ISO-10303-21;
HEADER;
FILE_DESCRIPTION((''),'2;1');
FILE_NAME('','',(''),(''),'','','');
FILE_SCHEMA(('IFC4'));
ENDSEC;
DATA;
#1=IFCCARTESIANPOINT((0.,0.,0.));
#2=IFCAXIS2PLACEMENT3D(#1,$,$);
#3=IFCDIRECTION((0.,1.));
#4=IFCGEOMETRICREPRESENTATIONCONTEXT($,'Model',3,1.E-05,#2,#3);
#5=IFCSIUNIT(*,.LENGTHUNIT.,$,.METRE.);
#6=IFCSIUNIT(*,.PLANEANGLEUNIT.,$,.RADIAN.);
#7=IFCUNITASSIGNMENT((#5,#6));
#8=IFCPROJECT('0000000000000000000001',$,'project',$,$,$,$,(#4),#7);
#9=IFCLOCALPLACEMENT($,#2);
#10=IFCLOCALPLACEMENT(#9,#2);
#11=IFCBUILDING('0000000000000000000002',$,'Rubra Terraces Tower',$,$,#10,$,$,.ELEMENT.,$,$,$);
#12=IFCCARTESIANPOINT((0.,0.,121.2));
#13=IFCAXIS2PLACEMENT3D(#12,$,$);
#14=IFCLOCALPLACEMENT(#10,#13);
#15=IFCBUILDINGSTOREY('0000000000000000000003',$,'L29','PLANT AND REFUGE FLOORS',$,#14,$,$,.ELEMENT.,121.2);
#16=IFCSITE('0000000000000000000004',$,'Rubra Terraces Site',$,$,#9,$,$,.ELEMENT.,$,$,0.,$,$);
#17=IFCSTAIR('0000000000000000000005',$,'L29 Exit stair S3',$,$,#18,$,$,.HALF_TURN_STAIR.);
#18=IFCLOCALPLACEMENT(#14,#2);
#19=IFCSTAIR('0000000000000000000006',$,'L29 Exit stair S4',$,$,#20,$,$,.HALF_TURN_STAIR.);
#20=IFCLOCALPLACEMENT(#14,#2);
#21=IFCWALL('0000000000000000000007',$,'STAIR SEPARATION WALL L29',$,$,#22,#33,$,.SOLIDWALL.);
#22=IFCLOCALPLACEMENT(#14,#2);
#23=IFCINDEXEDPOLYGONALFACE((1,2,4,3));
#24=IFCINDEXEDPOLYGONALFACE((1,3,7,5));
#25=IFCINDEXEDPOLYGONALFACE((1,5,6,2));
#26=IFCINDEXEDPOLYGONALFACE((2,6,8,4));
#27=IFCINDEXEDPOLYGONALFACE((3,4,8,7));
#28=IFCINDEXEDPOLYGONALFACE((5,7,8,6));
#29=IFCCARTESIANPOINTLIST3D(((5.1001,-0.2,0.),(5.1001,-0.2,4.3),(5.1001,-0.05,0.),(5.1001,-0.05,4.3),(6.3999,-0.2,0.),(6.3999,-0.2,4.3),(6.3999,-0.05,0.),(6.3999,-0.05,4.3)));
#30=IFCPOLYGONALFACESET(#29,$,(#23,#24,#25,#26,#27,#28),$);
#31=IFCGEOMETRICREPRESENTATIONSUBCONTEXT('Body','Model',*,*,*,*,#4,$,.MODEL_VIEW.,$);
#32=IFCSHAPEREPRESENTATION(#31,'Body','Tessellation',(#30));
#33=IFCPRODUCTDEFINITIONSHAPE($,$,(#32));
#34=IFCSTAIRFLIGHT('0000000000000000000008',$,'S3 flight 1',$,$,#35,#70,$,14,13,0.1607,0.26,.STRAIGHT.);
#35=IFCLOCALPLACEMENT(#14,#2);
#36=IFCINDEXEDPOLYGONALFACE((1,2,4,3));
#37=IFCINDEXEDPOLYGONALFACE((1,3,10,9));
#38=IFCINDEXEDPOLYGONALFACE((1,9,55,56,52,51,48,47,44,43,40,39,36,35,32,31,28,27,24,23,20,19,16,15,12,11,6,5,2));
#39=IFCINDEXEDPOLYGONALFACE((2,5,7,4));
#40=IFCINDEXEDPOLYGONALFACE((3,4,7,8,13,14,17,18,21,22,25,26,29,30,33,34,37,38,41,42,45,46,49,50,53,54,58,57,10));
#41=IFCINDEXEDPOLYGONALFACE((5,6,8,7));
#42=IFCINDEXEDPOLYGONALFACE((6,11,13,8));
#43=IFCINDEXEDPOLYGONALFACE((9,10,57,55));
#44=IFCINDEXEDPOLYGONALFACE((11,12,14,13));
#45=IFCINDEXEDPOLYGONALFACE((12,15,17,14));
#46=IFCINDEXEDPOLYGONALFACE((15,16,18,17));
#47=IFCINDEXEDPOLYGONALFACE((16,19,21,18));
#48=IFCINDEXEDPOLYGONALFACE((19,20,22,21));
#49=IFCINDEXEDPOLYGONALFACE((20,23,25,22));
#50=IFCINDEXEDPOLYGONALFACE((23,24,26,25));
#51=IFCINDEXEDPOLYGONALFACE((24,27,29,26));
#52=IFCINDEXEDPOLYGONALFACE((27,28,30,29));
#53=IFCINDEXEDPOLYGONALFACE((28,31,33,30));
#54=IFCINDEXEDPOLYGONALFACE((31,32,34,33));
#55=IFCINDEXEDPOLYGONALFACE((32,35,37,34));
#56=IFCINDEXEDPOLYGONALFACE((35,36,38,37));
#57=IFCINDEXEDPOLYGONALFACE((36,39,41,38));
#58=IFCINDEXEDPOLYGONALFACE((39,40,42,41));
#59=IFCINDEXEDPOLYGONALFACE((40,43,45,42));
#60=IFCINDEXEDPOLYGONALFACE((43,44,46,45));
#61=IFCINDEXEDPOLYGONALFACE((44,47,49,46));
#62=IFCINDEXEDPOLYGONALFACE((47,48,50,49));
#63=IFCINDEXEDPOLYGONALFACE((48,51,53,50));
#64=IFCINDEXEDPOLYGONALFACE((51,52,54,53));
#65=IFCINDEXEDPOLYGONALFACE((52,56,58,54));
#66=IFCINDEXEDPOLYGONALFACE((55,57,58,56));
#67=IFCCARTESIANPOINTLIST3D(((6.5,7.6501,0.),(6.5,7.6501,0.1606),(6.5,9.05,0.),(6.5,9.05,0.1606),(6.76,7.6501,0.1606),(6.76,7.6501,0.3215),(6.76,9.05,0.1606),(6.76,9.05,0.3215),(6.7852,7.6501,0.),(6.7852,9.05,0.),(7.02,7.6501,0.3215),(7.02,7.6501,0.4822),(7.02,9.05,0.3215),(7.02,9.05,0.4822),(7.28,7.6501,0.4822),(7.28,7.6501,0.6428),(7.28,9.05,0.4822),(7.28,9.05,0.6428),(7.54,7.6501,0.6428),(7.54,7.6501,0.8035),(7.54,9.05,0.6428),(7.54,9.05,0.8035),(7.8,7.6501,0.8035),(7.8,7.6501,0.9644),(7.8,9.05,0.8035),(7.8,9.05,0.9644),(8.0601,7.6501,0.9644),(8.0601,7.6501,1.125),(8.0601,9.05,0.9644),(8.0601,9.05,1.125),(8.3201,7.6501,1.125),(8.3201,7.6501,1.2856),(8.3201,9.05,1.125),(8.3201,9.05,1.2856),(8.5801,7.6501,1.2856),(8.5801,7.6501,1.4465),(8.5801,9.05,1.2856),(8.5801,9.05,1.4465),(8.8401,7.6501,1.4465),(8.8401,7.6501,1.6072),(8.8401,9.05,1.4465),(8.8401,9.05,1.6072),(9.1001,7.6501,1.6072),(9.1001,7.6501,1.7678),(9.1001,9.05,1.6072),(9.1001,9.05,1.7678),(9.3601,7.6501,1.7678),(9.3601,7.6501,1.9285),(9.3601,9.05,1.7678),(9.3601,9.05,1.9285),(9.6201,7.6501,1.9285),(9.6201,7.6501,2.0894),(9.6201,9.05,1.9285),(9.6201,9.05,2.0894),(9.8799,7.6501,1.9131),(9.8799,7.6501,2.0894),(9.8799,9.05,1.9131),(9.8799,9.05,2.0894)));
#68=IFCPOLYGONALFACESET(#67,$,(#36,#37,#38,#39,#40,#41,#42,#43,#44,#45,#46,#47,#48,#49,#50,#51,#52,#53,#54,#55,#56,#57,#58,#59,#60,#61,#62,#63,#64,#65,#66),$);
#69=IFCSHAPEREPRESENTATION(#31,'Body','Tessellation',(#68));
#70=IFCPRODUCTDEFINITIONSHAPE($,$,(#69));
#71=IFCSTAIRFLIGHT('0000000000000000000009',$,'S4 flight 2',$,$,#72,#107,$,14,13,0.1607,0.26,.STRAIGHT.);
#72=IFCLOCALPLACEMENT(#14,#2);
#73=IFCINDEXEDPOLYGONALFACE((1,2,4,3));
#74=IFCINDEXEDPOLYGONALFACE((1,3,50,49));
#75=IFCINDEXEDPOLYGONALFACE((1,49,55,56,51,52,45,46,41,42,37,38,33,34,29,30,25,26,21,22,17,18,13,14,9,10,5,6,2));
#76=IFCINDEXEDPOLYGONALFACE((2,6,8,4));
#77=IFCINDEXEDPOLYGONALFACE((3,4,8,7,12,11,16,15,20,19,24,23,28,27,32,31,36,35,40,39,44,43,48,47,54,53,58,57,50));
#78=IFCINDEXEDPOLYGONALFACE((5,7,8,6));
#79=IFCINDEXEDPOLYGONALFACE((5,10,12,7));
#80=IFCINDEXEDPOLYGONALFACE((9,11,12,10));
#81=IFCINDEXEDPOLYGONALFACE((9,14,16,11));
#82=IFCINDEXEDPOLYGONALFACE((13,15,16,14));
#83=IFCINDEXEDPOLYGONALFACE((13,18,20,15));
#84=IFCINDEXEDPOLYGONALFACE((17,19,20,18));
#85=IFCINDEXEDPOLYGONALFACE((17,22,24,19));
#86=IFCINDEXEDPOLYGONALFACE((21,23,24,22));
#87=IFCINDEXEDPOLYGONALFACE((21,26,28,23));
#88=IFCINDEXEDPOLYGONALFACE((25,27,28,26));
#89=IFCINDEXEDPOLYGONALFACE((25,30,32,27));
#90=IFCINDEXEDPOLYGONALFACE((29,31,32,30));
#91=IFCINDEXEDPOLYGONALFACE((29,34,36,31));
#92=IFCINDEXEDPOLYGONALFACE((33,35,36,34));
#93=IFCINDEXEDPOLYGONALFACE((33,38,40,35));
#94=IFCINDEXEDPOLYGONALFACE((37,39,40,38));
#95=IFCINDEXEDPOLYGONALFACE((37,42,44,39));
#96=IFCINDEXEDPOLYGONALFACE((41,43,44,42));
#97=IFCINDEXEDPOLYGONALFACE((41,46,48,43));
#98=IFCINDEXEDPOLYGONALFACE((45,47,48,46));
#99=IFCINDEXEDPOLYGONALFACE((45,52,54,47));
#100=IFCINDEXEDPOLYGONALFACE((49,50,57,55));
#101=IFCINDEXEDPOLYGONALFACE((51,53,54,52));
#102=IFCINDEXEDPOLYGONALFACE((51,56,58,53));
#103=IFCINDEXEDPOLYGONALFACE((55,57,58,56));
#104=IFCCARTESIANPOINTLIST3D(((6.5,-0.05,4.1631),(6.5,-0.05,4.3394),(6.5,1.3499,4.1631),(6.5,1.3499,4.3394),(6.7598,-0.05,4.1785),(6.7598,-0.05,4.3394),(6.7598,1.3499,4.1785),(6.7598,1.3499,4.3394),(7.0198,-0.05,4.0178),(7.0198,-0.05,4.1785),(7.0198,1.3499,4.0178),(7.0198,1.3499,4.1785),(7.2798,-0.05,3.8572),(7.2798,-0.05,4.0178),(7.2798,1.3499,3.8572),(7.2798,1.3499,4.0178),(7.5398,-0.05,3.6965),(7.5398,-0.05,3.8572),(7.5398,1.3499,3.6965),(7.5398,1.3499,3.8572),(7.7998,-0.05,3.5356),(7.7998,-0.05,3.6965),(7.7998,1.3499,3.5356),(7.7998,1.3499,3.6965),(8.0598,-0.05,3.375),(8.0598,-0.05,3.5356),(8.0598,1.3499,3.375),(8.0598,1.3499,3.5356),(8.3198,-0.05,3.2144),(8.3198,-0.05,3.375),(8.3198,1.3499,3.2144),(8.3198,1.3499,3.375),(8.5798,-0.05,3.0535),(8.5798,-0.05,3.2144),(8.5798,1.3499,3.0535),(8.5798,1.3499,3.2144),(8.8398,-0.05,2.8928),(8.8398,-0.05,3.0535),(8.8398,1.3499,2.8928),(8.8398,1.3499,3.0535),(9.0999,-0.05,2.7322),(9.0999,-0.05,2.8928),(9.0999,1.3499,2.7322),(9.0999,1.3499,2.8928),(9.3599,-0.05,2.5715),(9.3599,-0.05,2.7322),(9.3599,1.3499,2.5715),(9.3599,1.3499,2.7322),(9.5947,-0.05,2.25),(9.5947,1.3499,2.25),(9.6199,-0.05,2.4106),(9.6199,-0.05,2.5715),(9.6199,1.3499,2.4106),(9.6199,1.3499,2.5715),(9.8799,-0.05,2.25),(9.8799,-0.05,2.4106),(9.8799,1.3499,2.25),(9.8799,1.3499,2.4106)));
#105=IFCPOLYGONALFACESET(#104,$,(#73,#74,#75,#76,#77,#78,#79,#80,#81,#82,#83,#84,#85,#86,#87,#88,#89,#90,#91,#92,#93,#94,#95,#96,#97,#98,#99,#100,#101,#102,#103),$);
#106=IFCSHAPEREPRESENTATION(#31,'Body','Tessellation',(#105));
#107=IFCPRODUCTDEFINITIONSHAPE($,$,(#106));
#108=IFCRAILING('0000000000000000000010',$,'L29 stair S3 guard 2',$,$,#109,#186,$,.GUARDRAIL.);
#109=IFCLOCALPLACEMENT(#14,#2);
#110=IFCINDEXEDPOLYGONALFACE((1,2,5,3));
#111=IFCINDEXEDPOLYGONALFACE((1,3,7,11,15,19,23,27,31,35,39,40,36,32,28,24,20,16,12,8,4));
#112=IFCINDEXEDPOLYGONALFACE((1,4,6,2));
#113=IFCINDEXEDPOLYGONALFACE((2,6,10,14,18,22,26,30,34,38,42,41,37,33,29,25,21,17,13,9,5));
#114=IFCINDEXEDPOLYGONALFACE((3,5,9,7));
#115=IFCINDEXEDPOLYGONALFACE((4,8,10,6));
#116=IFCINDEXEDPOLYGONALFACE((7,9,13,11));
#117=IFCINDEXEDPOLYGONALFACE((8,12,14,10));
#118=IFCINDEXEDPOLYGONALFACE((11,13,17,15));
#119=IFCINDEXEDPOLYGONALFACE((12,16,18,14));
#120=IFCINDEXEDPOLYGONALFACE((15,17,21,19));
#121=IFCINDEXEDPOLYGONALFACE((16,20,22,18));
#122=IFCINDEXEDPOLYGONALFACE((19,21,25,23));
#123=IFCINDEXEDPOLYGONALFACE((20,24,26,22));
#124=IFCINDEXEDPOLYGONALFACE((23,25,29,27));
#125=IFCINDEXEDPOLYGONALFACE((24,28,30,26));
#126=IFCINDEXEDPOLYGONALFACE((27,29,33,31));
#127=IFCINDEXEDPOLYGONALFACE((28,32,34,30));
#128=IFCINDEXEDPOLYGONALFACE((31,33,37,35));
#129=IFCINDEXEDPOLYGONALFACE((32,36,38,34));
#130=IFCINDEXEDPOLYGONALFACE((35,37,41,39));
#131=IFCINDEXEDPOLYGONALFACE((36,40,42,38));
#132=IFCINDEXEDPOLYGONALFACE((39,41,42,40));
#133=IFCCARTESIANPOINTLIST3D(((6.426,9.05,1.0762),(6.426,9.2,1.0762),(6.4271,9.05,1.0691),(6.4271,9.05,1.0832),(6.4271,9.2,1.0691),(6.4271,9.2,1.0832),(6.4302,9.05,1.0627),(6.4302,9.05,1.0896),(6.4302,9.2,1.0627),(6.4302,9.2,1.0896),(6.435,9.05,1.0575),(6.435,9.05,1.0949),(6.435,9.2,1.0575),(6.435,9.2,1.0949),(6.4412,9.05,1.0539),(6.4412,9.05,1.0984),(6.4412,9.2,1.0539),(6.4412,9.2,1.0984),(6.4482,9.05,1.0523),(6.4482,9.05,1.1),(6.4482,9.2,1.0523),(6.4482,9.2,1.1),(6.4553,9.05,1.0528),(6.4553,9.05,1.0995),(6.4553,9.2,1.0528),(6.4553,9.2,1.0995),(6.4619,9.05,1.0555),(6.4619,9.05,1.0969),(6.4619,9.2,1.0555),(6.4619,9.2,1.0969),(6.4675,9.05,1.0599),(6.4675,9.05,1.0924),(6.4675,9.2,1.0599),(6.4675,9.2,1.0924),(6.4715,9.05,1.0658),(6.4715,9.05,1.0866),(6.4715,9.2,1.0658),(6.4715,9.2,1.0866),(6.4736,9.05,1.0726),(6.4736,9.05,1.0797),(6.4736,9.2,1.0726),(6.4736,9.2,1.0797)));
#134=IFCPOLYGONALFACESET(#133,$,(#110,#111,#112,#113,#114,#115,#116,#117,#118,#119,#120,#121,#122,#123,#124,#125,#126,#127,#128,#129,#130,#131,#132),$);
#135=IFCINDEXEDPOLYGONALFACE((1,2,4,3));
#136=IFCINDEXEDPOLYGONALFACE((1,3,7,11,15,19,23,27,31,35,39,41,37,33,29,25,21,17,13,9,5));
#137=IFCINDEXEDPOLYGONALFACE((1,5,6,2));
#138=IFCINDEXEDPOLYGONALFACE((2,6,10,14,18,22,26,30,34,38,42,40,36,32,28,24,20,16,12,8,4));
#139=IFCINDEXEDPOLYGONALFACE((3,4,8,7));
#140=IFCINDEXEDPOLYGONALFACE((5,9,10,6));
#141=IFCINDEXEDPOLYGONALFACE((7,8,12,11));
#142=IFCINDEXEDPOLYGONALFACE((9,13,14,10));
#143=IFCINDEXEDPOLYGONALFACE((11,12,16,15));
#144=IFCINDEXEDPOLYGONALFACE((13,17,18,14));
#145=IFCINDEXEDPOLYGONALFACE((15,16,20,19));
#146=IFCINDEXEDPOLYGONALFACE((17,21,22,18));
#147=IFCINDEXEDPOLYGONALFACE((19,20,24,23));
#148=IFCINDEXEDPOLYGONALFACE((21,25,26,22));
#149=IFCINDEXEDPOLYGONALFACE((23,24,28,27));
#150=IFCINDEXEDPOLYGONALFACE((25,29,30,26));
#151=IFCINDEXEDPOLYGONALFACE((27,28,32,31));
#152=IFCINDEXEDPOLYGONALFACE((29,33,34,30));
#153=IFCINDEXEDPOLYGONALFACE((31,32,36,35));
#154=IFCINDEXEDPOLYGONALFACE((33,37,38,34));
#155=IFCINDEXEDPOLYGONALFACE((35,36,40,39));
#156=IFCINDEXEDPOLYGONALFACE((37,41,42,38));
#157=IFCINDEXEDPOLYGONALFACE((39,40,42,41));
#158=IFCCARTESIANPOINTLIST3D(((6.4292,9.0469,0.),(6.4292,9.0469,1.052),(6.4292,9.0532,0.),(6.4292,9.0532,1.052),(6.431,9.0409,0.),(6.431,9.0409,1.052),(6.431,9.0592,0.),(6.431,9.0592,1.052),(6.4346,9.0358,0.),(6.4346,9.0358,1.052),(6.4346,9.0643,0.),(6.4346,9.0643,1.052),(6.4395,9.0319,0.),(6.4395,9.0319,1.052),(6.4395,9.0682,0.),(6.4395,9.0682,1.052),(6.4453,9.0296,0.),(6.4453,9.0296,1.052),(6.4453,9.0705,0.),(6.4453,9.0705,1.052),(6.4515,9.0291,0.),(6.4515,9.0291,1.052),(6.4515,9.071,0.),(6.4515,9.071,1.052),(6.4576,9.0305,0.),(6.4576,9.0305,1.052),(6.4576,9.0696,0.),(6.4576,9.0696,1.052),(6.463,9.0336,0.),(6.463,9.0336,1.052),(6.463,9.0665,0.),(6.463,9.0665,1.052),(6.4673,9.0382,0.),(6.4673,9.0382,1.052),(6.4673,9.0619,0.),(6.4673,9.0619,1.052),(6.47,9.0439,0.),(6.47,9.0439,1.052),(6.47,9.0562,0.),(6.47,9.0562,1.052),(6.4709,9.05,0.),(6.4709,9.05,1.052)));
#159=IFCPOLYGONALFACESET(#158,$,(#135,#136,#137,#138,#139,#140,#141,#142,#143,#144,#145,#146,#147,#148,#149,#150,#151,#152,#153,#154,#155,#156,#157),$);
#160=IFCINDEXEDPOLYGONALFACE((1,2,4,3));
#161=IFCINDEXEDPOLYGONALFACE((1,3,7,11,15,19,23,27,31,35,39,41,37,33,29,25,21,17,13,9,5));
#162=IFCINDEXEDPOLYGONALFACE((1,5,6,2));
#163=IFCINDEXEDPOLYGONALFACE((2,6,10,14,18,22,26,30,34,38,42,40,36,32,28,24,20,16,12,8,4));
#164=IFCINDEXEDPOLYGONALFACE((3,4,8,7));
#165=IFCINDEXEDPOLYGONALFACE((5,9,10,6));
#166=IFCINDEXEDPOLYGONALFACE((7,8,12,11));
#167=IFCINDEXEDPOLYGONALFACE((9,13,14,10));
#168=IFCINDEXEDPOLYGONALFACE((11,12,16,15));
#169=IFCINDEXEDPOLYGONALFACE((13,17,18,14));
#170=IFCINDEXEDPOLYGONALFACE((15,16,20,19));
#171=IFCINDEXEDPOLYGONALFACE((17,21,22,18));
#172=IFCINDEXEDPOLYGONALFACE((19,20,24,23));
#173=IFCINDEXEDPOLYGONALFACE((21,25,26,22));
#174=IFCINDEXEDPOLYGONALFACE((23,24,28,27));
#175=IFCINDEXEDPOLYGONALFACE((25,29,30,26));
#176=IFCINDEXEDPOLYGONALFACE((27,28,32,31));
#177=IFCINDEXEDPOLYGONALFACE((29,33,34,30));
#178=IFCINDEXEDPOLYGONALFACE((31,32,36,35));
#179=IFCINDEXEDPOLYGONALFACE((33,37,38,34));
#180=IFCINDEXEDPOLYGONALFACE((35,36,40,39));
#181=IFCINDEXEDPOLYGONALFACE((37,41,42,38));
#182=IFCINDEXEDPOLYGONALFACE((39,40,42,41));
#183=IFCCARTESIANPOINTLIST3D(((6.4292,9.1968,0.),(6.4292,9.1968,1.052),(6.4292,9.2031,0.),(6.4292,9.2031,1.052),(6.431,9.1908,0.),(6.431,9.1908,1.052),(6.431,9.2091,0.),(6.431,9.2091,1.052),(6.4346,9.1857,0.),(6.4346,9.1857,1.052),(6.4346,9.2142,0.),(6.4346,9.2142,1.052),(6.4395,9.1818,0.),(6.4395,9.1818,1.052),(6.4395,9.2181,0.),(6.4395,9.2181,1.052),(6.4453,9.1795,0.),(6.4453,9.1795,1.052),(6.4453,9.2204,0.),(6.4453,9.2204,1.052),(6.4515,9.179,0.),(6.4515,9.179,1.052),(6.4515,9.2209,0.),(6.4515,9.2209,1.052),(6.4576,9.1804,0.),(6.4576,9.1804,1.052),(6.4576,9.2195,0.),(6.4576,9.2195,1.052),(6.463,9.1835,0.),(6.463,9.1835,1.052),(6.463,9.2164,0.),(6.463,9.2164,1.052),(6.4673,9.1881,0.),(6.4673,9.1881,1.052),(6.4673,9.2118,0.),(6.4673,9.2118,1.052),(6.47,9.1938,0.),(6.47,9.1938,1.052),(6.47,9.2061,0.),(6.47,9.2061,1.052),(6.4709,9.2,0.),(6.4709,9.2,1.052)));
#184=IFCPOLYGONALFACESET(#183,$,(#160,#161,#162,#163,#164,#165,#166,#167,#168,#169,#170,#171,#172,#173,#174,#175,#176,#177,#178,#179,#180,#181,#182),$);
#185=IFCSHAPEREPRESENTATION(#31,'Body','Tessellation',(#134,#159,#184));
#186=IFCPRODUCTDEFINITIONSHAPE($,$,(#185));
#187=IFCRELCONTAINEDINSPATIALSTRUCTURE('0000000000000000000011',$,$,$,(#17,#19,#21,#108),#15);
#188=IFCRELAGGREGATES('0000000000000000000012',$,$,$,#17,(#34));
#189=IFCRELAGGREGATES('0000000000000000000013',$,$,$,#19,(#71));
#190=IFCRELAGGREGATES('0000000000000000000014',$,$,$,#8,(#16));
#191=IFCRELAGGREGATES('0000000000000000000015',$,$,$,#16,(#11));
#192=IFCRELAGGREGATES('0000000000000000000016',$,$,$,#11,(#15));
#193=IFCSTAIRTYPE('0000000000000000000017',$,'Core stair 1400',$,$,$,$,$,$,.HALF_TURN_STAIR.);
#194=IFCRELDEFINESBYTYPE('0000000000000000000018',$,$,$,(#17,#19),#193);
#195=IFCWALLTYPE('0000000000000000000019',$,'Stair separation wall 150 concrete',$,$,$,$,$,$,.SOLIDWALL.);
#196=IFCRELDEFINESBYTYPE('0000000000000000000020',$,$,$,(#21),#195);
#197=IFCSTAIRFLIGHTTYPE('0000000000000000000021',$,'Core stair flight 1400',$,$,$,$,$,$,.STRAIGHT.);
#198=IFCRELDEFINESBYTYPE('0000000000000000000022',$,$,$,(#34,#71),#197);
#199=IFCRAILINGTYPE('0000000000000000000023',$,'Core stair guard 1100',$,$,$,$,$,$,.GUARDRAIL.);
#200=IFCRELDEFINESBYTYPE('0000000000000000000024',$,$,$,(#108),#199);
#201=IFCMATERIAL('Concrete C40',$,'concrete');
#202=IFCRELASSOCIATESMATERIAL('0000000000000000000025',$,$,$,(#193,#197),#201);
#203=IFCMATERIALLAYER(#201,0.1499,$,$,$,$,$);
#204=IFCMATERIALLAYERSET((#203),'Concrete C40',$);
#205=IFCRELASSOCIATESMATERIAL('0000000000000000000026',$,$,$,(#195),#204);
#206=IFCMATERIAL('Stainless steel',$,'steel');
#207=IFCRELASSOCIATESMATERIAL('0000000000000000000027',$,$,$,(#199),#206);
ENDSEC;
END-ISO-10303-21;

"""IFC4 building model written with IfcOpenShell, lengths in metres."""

from ifc_helpers import new_model, si_unit, direction, frame, frame_2d, origin, origin_2d, place, context, subcontext, project, spatial, polyline, rectangle, circle, outline, extrude, material, layer, layer_set, type_object, element, aggregate, save


model = new_model("IFC4")

# Units and contexts
model_context = context("Model", 3, precision=1e-05, world=origin(), true_north=direction((0.0, 1.0)))
body_context = subcontext(model_context, "Body", "Model", "MODEL_VIEW")
ifc_project = project(units=[si_unit("LENGTHUNIT", "METRE"), si_unit("PLANEANGLEUNIT", "RADIAN")], contexts=[model_context])

# Site, building, storey
site_placement = place(None, origin())
site = spatial("IfcSite", under=ifc_project, at=site_placement, Name="Rubra Terraces Site", CompositionType="ELEMENT", RefElevation=0.0)
building_placement = place(site_placement, origin())
building = spatial("IfcBuilding", under=site, at=building_placement, Name="Rubra Terraces Tower", CompositionType="ELEMENT")
storey_placement = place(building_placement, frame((0.0, 0.0, 121.2)))
storey = spatial("IfcBuildingStorey", under=building, at=storey_placement, Name="L29", Description="PLANT AND REFUGE FLOORS", CompositionType="ELEMENT", Elevation=121.2)

# Shared definitions
ifc_material_1 = material(Name="Concrete C40", Category="concrete")

# Stairs
stair_type = type_object("IfcStairType", Name="Core stair 1400", PredefinedType="HALF_TURN_STAIR", material=ifc_material_1)
stair_1_placement = place(storey_placement, origin())
stair_1 = element("IfcStair", 1, at=stair_1_placement, inside=storey, type_object=stair_type, Name="L29 Exit stair S3", PredefinedType="HALF_TURN_STAIR")
stair_2_placement = place(storey_placement, origin())
stair_2 = element("IfcStair", 2, at=stair_2_placement, inside=storey, type_object=stair_type, Name="L29 Exit stair S4", PredefinedType="HALF_TURN_STAIR")

# Shared definitions
ifc_material_2 = material(Name="Stainless steel", Category="steel")

# Wall
ifc_layer_1 = layer(ifc_material_1, 0.1499)
ifc_layer_set_1 = layer_set([ifc_layer_1], Name="Concrete C40")
wall_type_1 = type_object("IfcWallType", Name="Stair separation wall 150 concrete", PredefinedType="SOLIDWALL", material=ifc_layer_set_1)
for number, where, z_axis, x_axis, name in (
    (3, (6.3999, -0.125, 0.0), (0.0, 0.0, 1.0), (-1.0, 0.0, 0.0), "STAIR SEPARATION WALL L29"),
):
    element("IfcWall", number, at=place(storey_placement, frame(where, z_axis=z_axis, x_axis=x_axis)), inside=storey, type_object=wall_type_1, Name=name, PredefinedType="SOLIDWALL", context=body_context, shape_type="SweptSolid", body=[
        extrude(rectangle(XDim=1.2998, YDim=0.1499, at=frame_2d((0.6499, 0.0))), origin(), (0.0, 0.0, 1.0), 4.3),
    ])

# Stair flights
stair_flight_type = type_object("IfcStairFlightType", Name="Core stair flight 1400", PredefinedType="STRAIGHT", material=ifc_material_1)
stair_flight_1_placement = place(storey_placement, frame((6.5, 8.3501, 0.0), z_axis=(0.0, 0.0, 1.0), x_axis=(1.0, 0.0, 0.0)))
stair_flight_1 = element("IfcStairFlight", 4, at=stair_flight_1_placement, type_object=stair_flight_type, Name="S3 flight 1", NumberOfRisers=14, NumberOfTreads=13, PredefinedType="STRAIGHT", RiserHeight=0.1607, TreadLength=0.26, context=body_context, shape_type="SweptSolid", body=[
    extrude(outline(polyline([(0.0, 0.0), (0.0, 0.1606), (0.26, 0.1606), (0.26, 0.3215), (0.52, 0.3215), (0.52, 0.4822), (0.78, 0.4822), (0.78, 0.6428), (1.04, 0.6428), (1.04, 0.8035), (1.3, 0.8035), (1.3, 0.9644), (1.5601, 0.9644), (1.5601, 1.125), (1.8201, 1.125), (1.8201, 1.2856), (2.0801, 1.2856), (2.0801, 1.4465), (2.3401, 1.4465), (2.3401, 1.6072), (2.6001, 1.6072), (2.6001, 1.7678), (2.8601, 1.7678), (2.8601, 1.9285), (3.1201, 1.9285), (3.1201, 2.0894), (3.3799, 2.0894), (3.3799, 2.25), (3.3799, 1.9131), (0.2852, 0.0), (0.0, 0.0)])), frame((0.0, 0.7, 0.0), z_axis=(0.0, -1.0, 0.0), x_axis=(1.0, 0.0, 0.0)), (0.0, 0.0, 1.0), 1.3999),
])
aggregate(stair_1, [stair_flight_1])
stair_flight_2_placement = place(storey_placement, frame((9.8799, 0.6499, 2.25), z_axis=(0.0, 0.0, 1.0), x_axis=(-1.0, 0.0, 0.0)))
stair_flight_2 = element("IfcStairFlight", 5, at=stair_flight_2_placement, type_object=stair_flight_type, Name="S4 flight 2", NumberOfRisers=14, NumberOfTreads=13, PredefinedType="STRAIGHT", RiserHeight=0.1607, TreadLength=0.26, context=body_context, shape_type="SweptSolid", body=[
    extrude(outline(polyline([(0.0, 0.0), (0.0, 0.1606), (0.26, 0.1606), (0.26, 0.3215), (0.52, 0.3215), (0.52, 0.4822), (0.78, 0.4822), (0.78, 0.6428), (1.04, 0.6428), (1.04, 0.8035), (1.3, 0.8035), (1.3, 0.9644), (1.5601, 0.9644), (1.5601, 1.125), (1.8201, 1.125), (1.8201, 1.2856), (2.0801, 1.2856), (2.0801, 1.4465), (2.3401, 1.4465), (2.3401, 1.6072), (2.6001, 1.6072), (2.6001, 1.7678), (2.8601, 1.7678), (2.8601, 1.9285), (3.1201, 1.9285), (3.1201, 2.0894), (3.3799, 2.0894), (3.3799, 2.25), (3.3799, 1.9131), (0.2852, 0.0), (0.0, 0.0)])), frame((0.0, 0.7, 0.0), z_axis=(0.0, -1.0, 0.0), x_axis=(1.0, 0.0, 0.0)), (0.0, 0.0, 1.0), 1.3999),
])
aggregate(stair_2, [stair_flight_2])

# Railing
railing_type_1 = type_object("IfcRailingType", Name="Core stair guard 1100", PredefinedType="GUARDRAIL", material=ifc_material_2)
for number, where, name in (
    (6, (6.45, 9.05, 0.0), "L29 stair S3 guard 2"),
):
    element("IfcRailing", number, at=place(storey_placement, frame(where)), inside=storey, type_object=railing_type_1, Name=name, PredefinedType="GUARDRAIL", context=body_context, shape_type="SweptSolid", body=[
        extrude(circle(Radius=0.0239, at=origin_2d()), frame((0.0, 0.0, 1.0762), z_axis=(0.0, 1.0, 0.0), x_axis=(-1.0, 0.0, 0.0)), (0.0, 0.0, 1.0), 0.1499),
        extrude(circle(Radius=0.021, at=origin_2d()), origin(), (0.0, 0.0, 1.0), 1.052),
        extrude(circle(Radius=0.021, at=origin_2d()), frame((0.0, 0.1499, 0.0)), (0.0, 0.0, 1.0), 1.052),
    ])

save(model, "model.ifc")
